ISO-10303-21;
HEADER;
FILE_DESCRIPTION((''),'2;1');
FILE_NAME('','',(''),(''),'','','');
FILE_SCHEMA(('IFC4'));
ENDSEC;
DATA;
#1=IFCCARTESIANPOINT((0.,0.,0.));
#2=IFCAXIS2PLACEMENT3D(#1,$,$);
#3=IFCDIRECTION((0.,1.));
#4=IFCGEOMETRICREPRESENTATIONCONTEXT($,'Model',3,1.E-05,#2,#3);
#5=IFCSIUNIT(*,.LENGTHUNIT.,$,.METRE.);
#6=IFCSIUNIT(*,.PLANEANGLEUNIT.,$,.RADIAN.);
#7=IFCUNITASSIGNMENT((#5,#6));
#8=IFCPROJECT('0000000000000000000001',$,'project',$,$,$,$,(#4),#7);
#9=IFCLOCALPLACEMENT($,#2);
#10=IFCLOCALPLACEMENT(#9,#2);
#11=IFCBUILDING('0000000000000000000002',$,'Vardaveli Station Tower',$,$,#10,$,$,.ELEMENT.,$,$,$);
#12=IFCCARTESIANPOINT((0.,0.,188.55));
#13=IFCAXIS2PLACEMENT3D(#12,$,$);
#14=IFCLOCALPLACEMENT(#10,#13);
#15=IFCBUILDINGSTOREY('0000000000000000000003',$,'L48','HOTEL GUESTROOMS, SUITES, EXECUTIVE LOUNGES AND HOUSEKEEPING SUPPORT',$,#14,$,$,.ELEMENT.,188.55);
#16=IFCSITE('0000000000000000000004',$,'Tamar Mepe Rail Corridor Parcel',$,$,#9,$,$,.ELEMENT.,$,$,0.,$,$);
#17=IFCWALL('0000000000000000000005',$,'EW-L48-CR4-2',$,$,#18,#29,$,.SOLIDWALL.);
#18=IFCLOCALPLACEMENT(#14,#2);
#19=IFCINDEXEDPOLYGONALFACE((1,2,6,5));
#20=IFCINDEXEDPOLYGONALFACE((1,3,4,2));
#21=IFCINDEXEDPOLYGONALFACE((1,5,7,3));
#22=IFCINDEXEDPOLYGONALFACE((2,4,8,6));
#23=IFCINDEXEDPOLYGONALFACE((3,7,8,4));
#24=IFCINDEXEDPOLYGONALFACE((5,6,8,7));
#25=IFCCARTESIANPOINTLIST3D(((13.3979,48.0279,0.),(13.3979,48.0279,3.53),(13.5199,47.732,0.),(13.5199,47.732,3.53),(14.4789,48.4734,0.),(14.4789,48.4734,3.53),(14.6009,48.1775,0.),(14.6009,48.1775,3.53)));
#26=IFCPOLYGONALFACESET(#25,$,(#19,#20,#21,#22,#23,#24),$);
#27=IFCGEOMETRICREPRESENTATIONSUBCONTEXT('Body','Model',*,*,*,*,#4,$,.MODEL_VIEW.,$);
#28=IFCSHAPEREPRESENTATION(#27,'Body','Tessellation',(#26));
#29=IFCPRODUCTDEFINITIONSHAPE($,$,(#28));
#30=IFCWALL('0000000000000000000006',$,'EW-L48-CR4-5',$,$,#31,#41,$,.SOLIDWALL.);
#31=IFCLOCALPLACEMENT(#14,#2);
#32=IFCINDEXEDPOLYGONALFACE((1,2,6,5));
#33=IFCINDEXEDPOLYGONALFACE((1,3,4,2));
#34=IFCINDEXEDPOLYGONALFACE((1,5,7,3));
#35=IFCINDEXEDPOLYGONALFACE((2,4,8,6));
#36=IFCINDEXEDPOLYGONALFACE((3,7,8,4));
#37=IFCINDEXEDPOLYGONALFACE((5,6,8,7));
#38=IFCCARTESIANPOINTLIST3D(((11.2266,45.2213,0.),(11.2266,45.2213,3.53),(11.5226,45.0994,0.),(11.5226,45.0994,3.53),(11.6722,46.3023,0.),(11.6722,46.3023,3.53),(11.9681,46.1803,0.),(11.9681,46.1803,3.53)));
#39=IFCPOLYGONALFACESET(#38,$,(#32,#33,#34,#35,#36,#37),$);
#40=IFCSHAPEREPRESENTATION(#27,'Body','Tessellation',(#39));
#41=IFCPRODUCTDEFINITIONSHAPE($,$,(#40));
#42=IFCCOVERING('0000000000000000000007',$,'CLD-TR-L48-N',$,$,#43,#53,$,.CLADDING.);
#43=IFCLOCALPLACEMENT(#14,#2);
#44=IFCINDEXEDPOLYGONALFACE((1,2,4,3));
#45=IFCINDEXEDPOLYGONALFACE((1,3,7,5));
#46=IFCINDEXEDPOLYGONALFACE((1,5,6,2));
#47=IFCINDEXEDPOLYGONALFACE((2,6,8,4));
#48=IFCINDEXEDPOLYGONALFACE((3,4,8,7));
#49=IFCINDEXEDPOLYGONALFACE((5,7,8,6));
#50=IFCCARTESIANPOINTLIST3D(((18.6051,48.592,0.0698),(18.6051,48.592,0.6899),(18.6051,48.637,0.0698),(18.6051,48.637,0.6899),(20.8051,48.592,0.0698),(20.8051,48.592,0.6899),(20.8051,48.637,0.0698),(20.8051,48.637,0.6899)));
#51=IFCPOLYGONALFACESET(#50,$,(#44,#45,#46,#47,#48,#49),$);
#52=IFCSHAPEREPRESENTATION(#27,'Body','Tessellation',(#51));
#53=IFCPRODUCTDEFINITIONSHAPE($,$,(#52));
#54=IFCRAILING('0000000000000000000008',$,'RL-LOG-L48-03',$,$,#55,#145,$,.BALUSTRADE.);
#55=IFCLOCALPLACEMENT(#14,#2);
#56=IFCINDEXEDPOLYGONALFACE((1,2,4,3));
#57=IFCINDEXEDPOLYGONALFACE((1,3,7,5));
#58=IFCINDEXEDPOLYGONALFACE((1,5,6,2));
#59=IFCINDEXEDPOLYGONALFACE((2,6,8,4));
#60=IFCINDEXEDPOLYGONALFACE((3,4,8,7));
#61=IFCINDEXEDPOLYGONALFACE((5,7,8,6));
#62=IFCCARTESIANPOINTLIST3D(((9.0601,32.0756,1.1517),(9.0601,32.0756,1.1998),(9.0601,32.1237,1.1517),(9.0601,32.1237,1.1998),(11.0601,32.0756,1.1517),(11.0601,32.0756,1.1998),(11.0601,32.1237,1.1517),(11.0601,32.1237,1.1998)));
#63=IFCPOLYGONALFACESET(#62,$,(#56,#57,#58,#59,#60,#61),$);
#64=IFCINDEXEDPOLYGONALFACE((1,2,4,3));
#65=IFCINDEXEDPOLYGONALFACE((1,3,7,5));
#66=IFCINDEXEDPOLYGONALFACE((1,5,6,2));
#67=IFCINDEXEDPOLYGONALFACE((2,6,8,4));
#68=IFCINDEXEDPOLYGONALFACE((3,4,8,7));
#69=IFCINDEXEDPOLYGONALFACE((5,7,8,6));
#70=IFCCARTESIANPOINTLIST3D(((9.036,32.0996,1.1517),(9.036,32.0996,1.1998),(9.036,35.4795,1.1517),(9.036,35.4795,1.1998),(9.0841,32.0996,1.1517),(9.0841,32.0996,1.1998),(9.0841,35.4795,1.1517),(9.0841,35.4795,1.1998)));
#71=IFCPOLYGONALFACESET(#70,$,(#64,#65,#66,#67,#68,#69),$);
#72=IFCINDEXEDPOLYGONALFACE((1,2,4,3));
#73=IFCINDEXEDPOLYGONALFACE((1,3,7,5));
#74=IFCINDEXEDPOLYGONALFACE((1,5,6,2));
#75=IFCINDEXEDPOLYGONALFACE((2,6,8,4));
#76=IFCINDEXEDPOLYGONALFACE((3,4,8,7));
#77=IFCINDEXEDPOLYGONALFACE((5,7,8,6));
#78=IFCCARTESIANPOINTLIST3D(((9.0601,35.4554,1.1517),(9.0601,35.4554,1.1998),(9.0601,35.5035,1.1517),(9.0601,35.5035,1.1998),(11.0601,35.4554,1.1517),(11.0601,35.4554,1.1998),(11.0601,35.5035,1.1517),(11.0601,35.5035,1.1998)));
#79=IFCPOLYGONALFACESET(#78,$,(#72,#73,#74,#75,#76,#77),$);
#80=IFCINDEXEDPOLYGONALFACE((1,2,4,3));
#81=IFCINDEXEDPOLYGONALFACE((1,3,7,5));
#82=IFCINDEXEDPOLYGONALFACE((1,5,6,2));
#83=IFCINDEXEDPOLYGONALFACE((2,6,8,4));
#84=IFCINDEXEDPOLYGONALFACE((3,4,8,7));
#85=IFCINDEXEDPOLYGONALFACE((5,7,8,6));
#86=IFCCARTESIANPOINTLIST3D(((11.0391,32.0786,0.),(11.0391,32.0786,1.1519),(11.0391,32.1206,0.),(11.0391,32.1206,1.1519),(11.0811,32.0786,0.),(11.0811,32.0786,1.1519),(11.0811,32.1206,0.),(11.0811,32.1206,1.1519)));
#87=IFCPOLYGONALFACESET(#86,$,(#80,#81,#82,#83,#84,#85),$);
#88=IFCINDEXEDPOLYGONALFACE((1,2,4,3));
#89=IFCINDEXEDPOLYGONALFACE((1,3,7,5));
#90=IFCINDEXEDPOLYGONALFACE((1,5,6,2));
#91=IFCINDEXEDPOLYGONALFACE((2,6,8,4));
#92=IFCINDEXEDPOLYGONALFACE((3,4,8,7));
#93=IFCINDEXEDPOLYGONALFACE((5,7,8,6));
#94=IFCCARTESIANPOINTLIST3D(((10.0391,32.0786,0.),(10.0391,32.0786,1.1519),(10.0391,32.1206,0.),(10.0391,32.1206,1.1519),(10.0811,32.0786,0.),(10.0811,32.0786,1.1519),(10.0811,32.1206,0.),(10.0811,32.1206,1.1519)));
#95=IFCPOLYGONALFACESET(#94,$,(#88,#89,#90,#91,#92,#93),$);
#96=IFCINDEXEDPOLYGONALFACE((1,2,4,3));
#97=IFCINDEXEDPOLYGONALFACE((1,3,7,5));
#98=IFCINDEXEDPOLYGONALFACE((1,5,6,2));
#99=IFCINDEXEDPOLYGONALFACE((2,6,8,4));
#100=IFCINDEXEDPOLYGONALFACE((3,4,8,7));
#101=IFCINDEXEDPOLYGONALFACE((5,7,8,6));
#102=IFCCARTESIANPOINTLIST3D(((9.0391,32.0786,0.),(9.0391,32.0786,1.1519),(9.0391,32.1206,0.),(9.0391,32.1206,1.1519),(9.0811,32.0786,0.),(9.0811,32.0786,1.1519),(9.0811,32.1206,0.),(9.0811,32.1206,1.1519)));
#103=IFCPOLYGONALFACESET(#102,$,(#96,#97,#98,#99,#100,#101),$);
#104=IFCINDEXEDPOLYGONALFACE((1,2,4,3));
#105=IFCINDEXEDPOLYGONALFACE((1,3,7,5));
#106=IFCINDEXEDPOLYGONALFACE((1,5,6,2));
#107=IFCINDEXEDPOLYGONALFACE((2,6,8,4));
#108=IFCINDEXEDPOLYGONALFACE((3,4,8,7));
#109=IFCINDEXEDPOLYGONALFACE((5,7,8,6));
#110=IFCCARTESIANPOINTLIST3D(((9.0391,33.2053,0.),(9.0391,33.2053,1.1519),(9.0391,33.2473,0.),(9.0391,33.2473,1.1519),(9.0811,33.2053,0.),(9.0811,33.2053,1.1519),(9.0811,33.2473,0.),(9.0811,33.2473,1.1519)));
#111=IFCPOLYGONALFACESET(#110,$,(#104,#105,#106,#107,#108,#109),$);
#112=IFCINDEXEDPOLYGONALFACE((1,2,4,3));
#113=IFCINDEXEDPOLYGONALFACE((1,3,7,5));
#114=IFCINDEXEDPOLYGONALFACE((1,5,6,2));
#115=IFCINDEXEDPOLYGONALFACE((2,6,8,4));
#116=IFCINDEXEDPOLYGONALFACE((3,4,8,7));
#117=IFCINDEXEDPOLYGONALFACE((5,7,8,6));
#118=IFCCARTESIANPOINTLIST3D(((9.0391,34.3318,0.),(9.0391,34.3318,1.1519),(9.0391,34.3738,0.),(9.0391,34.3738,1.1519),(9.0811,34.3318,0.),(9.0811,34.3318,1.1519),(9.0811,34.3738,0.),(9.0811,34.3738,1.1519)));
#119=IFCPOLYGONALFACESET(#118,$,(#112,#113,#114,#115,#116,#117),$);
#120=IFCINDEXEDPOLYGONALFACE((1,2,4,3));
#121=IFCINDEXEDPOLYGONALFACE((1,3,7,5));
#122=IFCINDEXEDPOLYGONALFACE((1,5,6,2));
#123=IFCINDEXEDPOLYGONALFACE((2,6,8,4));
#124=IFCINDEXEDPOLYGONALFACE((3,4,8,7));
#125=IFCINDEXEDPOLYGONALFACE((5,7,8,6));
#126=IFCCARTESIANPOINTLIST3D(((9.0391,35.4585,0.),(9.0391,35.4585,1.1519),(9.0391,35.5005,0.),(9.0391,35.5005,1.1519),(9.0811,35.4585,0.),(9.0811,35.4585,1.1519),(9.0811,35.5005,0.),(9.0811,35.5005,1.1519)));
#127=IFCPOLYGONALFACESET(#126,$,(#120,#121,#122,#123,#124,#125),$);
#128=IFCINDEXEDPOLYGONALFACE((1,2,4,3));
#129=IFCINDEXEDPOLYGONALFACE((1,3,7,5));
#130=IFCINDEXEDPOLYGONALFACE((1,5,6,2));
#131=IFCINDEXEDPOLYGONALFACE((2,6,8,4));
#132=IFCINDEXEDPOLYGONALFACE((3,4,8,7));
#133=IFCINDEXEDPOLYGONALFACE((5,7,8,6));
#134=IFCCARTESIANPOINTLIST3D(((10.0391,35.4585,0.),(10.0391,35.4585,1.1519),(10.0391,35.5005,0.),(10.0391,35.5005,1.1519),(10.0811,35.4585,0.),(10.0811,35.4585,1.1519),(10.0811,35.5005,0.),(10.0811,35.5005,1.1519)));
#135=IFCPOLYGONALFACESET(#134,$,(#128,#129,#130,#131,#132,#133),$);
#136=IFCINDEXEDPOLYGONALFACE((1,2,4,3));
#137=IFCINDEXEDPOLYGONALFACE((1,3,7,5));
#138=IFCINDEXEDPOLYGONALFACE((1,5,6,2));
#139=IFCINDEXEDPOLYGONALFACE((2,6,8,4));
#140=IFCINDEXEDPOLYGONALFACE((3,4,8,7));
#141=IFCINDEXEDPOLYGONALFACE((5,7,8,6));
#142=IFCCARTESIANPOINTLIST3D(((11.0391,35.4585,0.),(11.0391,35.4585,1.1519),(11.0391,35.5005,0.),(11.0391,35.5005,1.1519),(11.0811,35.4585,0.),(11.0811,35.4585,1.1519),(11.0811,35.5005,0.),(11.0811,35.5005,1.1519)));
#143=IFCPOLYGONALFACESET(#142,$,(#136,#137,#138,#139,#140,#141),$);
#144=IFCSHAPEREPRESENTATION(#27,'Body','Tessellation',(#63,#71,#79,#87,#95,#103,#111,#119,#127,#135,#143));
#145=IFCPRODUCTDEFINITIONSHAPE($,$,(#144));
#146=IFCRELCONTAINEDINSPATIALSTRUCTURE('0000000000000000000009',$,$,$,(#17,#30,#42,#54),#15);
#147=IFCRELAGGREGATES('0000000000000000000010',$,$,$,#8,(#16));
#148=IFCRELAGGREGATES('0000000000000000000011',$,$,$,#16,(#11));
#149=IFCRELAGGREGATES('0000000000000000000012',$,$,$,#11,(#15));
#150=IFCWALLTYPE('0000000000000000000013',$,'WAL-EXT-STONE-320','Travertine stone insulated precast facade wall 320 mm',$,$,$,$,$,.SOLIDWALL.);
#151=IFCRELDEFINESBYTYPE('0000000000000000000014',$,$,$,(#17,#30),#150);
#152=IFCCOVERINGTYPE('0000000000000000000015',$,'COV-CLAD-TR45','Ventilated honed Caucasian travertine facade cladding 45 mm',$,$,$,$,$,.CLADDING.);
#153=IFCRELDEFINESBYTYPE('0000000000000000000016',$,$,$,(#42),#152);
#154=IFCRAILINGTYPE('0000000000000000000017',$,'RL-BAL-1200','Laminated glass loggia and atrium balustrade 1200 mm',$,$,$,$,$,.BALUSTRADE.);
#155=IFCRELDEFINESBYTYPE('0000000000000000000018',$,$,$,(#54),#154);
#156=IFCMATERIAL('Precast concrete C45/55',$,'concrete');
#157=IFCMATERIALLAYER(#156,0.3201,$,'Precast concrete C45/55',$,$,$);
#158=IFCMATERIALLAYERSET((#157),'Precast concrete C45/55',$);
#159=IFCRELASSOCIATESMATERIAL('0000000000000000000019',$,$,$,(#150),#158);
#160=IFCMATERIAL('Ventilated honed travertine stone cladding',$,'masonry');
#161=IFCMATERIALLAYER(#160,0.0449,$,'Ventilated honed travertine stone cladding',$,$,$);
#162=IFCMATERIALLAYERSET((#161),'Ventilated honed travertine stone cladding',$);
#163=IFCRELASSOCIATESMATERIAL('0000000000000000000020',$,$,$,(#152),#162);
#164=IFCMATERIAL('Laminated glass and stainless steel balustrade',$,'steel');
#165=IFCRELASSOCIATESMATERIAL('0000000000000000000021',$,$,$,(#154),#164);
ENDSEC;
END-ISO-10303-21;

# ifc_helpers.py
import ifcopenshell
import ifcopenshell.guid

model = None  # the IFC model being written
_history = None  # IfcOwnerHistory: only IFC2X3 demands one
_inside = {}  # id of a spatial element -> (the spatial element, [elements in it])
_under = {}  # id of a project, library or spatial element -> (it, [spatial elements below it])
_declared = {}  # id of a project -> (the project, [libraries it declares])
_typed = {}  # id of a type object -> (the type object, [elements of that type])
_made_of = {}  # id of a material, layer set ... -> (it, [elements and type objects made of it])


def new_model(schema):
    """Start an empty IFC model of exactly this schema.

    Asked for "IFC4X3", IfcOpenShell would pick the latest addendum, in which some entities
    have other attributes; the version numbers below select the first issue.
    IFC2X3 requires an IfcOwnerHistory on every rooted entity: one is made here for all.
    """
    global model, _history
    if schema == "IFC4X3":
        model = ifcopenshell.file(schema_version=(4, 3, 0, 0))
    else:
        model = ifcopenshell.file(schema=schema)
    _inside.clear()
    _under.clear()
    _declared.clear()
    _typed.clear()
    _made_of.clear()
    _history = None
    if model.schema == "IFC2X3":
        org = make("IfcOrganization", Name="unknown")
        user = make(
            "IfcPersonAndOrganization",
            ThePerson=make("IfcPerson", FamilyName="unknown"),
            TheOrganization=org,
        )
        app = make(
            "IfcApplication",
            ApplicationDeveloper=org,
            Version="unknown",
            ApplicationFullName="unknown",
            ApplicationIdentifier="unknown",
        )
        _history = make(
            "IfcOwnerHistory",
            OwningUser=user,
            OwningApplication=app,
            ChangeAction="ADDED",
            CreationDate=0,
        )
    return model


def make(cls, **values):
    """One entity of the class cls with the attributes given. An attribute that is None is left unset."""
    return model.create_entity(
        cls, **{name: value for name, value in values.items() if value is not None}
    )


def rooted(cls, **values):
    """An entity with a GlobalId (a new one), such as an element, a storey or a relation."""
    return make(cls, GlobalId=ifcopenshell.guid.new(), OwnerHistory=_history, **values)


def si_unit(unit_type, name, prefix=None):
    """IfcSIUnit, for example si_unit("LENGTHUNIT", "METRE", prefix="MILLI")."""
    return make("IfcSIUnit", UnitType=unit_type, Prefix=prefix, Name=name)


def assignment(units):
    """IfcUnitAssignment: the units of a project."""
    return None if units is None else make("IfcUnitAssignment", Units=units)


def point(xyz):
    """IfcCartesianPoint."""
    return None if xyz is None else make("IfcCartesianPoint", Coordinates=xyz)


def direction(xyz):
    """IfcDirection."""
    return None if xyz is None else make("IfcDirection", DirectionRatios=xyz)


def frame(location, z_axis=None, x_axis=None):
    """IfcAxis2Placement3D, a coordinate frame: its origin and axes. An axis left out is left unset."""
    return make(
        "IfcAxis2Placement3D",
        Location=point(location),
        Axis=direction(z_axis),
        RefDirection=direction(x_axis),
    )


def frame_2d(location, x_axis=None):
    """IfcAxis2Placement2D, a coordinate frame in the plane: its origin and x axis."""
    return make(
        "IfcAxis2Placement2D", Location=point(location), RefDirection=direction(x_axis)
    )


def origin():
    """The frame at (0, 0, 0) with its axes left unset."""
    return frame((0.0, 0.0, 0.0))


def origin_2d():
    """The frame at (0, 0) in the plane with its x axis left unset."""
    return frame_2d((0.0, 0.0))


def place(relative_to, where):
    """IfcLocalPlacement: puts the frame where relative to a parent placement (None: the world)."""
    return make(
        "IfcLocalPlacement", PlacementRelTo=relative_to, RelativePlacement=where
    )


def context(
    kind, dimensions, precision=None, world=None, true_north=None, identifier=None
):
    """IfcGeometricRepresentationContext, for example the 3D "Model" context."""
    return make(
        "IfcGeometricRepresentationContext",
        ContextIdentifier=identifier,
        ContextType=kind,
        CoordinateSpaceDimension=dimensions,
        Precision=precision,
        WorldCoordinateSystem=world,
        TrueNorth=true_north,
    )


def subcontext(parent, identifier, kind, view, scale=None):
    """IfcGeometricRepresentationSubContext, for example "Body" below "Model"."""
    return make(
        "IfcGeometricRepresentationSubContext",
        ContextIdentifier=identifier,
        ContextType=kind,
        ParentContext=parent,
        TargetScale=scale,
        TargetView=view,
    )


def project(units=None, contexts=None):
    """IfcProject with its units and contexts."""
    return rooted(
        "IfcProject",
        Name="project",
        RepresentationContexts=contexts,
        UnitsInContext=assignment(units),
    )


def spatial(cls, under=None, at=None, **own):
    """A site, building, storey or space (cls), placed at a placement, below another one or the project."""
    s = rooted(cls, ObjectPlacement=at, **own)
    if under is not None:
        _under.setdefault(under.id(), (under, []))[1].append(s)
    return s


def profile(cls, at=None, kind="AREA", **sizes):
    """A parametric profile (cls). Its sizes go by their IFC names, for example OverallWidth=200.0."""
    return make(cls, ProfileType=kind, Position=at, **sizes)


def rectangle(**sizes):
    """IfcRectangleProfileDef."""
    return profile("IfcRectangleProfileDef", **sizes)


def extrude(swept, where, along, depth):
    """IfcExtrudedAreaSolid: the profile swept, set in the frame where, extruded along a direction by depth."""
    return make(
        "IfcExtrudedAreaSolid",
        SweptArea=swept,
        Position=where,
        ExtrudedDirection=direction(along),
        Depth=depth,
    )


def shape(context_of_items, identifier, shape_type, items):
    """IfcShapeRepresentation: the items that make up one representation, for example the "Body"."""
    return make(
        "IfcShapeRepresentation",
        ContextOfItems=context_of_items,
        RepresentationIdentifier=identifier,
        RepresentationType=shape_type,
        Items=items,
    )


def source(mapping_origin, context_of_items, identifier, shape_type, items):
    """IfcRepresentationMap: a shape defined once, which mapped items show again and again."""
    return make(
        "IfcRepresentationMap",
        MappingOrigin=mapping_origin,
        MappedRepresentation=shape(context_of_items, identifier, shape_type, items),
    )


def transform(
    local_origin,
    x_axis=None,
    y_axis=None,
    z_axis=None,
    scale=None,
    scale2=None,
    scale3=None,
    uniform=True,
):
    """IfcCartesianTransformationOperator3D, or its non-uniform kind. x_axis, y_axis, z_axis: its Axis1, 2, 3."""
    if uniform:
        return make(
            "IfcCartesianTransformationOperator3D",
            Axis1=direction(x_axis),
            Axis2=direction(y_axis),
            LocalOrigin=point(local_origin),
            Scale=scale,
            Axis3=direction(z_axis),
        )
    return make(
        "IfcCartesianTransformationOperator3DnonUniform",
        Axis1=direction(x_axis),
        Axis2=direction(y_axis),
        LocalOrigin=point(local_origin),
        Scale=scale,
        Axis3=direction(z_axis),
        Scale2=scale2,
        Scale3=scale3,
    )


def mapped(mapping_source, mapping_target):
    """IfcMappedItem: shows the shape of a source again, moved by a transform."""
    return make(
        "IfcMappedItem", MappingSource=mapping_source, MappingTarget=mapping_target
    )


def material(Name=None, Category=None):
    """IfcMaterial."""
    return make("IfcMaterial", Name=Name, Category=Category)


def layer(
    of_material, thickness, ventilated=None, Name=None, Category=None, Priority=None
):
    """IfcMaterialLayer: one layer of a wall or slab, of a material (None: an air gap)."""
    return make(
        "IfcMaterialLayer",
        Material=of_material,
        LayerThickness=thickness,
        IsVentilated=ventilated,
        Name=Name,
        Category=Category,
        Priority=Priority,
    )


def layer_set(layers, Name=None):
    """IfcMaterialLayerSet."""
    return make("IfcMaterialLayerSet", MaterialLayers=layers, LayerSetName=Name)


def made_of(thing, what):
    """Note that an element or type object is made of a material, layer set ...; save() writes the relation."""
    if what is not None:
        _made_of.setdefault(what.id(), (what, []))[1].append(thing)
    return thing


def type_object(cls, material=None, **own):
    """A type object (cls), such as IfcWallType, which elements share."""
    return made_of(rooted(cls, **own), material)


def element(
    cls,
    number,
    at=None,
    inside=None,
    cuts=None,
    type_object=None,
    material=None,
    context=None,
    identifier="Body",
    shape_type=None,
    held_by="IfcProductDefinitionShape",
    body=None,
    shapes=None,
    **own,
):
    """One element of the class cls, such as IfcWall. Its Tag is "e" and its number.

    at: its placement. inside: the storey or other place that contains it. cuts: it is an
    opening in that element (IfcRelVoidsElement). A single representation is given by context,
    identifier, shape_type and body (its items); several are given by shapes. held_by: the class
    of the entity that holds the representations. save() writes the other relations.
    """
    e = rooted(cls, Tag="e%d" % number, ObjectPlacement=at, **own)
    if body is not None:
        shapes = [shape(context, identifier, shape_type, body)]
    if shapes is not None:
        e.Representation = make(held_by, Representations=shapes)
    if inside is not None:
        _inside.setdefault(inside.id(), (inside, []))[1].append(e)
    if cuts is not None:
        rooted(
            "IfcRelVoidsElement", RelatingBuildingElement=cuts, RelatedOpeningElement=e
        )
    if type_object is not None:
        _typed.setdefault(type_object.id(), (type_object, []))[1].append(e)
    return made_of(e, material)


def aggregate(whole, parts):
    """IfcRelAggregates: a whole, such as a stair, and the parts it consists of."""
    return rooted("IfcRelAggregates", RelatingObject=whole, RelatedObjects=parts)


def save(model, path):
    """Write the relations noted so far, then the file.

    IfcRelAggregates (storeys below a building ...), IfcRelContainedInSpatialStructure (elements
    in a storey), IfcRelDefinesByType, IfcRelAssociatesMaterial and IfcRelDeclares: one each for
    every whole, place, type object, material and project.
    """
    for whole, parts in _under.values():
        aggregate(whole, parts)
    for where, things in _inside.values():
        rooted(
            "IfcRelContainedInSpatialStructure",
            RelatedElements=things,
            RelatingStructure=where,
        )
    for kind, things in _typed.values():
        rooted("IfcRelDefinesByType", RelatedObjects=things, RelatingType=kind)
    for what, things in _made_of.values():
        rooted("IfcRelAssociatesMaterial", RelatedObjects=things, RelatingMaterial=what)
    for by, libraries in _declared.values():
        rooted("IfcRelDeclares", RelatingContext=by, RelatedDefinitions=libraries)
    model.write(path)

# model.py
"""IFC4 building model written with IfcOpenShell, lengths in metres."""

from ifc_helpers import new_model, si_unit, direction, frame, frame_2d, origin, origin_2d, place, context, subcontext, project, spatial, rectangle, extrude, source, transform, mapped, material, layer, layer_set, type_object, element, save


model = new_model("IFC4")

# Units and contexts
model_context = context("Model", 3, precision=1e-05, world=origin(), true_north=direction((0.0, 1.0)))
body_context = subcontext(model_context, "Body", "Model", "MODEL_VIEW")
ifc_project = project(units=[si_unit("LENGTHUNIT", "METRE"), si_unit("PLANEANGLEUNIT", "RADIAN")], contexts=[model_context])

# Site, building, storey
site_placement = place(None, origin())
site = spatial("IfcSite", under=ifc_project, at=site_placement, Name="Tamar Mepe Rail Corridor Parcel", CompositionType="ELEMENT", RefElevation=0.0)
building_placement = place(site_placement, origin())
building = spatial("IfcBuilding", under=site, at=building_placement, Name="Vardaveli Station Tower", CompositionType="ELEMENT")
storey_placement = place(building_placement, frame((0.0, 0.0, 188.55)))
storey = spatial("IfcBuildingStorey", under=building, at=storey_placement, Name="L48", Description="HOTEL GUESTROOMS, SUITES, EXECUTIVE LOUNGES AND HOUSEKEEPING SUPPORT", CompositionType="ELEMENT", Elevation=188.55)

# Shared definitions
ifc_material_1 = material(Name="Precast concrete C45/55", Category="concrete")

# Shared definitions
ifc_layer_1 = layer(ifc_material_1, 0.3201, Name="Precast concrete C45/55")
ifc_layer_set_1 = layer_set([ifc_layer_1], Name="Precast concrete C45/55")
wall_type = type_object("IfcWallType", Name="WAL-EXT-STONE-320", Description="Travertine stone insulated precast facade wall 320 mm", PredefinedType="SOLIDWALL", material=ifc_layer_set_1)

# Walls
shared_shape_1 = source(origin(), body_context, "Body", "SweptSolid", [
    extrude(rectangle(XDim=1.1692, YDim=0.3201, at=frame_2d((0.5845, 0.0))), origin(), (0.0, 0.0, 1.0), 3.53),
])
for number, where, z_axis, x_axis, name in (
    (1, (14.5398, 48.3254, 0.0), (0.0, 0.0, 1.0), (-0.924553, -0.381054, 0.0), "EW-L48-CR4-2"),
    (2, (11.8201, 46.2412, 0.0), (0.0, 0.0, 1.0), (-0.381054, -0.924553, 0.0), "EW-L48-CR4-5"),
):
    element("IfcWall", number, at=place(storey_placement, frame(where, z_axis=z_axis, x_axis=x_axis)), inside=storey, type_object=wall_type, Name=name, PredefinedType="SOLIDWALL", context=body_context, shape_type="MappedRepresentation", body=[
        mapped(shared_shape_1, transform((0.0, 0.0, 0.0), scale=1.0)),
    ])

# Covering
ifc_material_2 = material(Name="Ventilated honed travertine stone cladding", Category="masonry")
ifc_layer_2 = layer(ifc_material_2, 0.0449, Name="Ventilated honed travertine stone cladding")
ifc_layer_set_2 = layer_set([ifc_layer_2], Name="Ventilated honed travertine stone cladding")
covering_type = type_object("IfcCoveringType", Name="COV-CLAD-TR45", Description="Ventilated honed Caucasian travertine facade cladding 45 mm", PredefinedType="CLADDING", material=ifc_layer_set_2)
shared_shape_2 = source(origin(), body_context, "Body", "SweptSolid", [
    extrude(rectangle(XDim=2.2, YDim=0.0449, at=origin_2d()), origin(), (0.0, 0.0, 1.0), 0.6201),
])
covering_placement = place(storey_placement, frame((19.7051, 48.6145, 0.0698), z_axis=(0.0, 0.0, 1.0), x_axis=(1.0, 0.0, 0.0)))
element("IfcCovering", 3, at=covering_placement, inside=storey, type_object=covering_type, Name="CLD-TR-L48-N", PredefinedType="CLADDING", context=body_context, shape_type="MappedRepresentation", body=[
    mapped(shared_shape_2, transform((0.0, 0.0, 0.0), scale=1.0)),
])

# Railing
ifc_material_3 = material(Name="Laminated glass and stainless steel balustrade", Category="steel")
railing_type = type_object("IfcRailingType", Name="RL-BAL-1200", Description="Laminated glass loggia and atrium balustrade 1200 mm", PredefinedType="BALUSTRADE", material=ifc_material_3)
shared_shape_3 = source(origin(), body_context, "Body", "SweptSolid", [
    extrude(rectangle(XDim=0.0481, YDim=0.0481, at=origin_2d()), frame((0.0, 0.0, 1.1758), z_axis=(-1.0, 0.0, 0.0), x_axis=(0.0, -1.0, 0.0)), (0.0, 0.0, 1.0), 2.0),
    extrude(rectangle(XDim=0.0481, YDim=0.0481, at=origin_2d()), frame((-2.0, 0.0, 1.1758), z_axis=(0.0, 1.0, 0.0), x_axis=(-1.0, 0.0, 0.0)), (0.0, 0.0, 1.0), 3.3799),
    extrude(rectangle(XDim=0.0481, YDim=0.0481, at=origin_2d()), frame((-2.0, 3.3799, 1.1758), z_axis=(1.0, 0.0, 0.0), x_axis=(0.0, 1.0, 0.0)), (0.0, 0.0, 1.0), 2.0),
    extrude(rectangle(XDim=0.042, YDim=0.042, at=origin_2d()), origin(), (0.0, 0.0, 1.0), 1.1519),
    extrude(rectangle(XDim=0.042, YDim=0.042, at=origin_2d()), frame((-1.0, 0.0, 0.0)), (0.0, 0.0, 1.0), 1.1519),
    extrude(rectangle(XDim=0.042, YDim=0.042, at=origin_2d()), frame((-2.0, 0.0, 0.0)), (0.0, 0.0, 1.0), 1.1519),
    extrude(rectangle(XDim=0.042, YDim=0.042, at=origin_2d()), frame((-2.0, 1.1267, 0.0)), (0.0, 0.0, 1.0), 1.1519),
    extrude(rectangle(XDim=0.042, YDim=0.042, at=origin_2d()), frame((-2.0, 2.2532, 0.0)), (0.0, 0.0, 1.0), 1.1519),
    extrude(rectangle(XDim=0.042, YDim=0.042, at=origin_2d()), frame((-2.0, 3.3799, 0.0)), (0.0, 0.0, 1.0), 1.1519),
    extrude(rectangle(XDim=0.042, YDim=0.042, at=origin_2d()), frame((-1.0, 3.3799, 0.0)), (0.0, 0.0, 1.0), 1.1519),
    extrude(rectangle(XDim=0.042, YDim=0.042, at=origin_2d()), frame((0.0, 3.3799, 0.0)), (0.0, 0.0, 1.0), 1.1519),
])
railing_placement = place(storey_placement, frame((11.0601, 32.0996, 0.0)))
element("IfcRailing", 4, at=railing_placement, inside=storey, type_object=railing_type, Name="RL-LOG-L48-03", PredefinedType="BALUSTRADE", context=body_context, shape_type="MappedRepresentation", body=[
    mapped(shared_shape_3, transform((0.0, 0.0, 0.0), scale=1.0)),
])

save(model, "model.ifc")
